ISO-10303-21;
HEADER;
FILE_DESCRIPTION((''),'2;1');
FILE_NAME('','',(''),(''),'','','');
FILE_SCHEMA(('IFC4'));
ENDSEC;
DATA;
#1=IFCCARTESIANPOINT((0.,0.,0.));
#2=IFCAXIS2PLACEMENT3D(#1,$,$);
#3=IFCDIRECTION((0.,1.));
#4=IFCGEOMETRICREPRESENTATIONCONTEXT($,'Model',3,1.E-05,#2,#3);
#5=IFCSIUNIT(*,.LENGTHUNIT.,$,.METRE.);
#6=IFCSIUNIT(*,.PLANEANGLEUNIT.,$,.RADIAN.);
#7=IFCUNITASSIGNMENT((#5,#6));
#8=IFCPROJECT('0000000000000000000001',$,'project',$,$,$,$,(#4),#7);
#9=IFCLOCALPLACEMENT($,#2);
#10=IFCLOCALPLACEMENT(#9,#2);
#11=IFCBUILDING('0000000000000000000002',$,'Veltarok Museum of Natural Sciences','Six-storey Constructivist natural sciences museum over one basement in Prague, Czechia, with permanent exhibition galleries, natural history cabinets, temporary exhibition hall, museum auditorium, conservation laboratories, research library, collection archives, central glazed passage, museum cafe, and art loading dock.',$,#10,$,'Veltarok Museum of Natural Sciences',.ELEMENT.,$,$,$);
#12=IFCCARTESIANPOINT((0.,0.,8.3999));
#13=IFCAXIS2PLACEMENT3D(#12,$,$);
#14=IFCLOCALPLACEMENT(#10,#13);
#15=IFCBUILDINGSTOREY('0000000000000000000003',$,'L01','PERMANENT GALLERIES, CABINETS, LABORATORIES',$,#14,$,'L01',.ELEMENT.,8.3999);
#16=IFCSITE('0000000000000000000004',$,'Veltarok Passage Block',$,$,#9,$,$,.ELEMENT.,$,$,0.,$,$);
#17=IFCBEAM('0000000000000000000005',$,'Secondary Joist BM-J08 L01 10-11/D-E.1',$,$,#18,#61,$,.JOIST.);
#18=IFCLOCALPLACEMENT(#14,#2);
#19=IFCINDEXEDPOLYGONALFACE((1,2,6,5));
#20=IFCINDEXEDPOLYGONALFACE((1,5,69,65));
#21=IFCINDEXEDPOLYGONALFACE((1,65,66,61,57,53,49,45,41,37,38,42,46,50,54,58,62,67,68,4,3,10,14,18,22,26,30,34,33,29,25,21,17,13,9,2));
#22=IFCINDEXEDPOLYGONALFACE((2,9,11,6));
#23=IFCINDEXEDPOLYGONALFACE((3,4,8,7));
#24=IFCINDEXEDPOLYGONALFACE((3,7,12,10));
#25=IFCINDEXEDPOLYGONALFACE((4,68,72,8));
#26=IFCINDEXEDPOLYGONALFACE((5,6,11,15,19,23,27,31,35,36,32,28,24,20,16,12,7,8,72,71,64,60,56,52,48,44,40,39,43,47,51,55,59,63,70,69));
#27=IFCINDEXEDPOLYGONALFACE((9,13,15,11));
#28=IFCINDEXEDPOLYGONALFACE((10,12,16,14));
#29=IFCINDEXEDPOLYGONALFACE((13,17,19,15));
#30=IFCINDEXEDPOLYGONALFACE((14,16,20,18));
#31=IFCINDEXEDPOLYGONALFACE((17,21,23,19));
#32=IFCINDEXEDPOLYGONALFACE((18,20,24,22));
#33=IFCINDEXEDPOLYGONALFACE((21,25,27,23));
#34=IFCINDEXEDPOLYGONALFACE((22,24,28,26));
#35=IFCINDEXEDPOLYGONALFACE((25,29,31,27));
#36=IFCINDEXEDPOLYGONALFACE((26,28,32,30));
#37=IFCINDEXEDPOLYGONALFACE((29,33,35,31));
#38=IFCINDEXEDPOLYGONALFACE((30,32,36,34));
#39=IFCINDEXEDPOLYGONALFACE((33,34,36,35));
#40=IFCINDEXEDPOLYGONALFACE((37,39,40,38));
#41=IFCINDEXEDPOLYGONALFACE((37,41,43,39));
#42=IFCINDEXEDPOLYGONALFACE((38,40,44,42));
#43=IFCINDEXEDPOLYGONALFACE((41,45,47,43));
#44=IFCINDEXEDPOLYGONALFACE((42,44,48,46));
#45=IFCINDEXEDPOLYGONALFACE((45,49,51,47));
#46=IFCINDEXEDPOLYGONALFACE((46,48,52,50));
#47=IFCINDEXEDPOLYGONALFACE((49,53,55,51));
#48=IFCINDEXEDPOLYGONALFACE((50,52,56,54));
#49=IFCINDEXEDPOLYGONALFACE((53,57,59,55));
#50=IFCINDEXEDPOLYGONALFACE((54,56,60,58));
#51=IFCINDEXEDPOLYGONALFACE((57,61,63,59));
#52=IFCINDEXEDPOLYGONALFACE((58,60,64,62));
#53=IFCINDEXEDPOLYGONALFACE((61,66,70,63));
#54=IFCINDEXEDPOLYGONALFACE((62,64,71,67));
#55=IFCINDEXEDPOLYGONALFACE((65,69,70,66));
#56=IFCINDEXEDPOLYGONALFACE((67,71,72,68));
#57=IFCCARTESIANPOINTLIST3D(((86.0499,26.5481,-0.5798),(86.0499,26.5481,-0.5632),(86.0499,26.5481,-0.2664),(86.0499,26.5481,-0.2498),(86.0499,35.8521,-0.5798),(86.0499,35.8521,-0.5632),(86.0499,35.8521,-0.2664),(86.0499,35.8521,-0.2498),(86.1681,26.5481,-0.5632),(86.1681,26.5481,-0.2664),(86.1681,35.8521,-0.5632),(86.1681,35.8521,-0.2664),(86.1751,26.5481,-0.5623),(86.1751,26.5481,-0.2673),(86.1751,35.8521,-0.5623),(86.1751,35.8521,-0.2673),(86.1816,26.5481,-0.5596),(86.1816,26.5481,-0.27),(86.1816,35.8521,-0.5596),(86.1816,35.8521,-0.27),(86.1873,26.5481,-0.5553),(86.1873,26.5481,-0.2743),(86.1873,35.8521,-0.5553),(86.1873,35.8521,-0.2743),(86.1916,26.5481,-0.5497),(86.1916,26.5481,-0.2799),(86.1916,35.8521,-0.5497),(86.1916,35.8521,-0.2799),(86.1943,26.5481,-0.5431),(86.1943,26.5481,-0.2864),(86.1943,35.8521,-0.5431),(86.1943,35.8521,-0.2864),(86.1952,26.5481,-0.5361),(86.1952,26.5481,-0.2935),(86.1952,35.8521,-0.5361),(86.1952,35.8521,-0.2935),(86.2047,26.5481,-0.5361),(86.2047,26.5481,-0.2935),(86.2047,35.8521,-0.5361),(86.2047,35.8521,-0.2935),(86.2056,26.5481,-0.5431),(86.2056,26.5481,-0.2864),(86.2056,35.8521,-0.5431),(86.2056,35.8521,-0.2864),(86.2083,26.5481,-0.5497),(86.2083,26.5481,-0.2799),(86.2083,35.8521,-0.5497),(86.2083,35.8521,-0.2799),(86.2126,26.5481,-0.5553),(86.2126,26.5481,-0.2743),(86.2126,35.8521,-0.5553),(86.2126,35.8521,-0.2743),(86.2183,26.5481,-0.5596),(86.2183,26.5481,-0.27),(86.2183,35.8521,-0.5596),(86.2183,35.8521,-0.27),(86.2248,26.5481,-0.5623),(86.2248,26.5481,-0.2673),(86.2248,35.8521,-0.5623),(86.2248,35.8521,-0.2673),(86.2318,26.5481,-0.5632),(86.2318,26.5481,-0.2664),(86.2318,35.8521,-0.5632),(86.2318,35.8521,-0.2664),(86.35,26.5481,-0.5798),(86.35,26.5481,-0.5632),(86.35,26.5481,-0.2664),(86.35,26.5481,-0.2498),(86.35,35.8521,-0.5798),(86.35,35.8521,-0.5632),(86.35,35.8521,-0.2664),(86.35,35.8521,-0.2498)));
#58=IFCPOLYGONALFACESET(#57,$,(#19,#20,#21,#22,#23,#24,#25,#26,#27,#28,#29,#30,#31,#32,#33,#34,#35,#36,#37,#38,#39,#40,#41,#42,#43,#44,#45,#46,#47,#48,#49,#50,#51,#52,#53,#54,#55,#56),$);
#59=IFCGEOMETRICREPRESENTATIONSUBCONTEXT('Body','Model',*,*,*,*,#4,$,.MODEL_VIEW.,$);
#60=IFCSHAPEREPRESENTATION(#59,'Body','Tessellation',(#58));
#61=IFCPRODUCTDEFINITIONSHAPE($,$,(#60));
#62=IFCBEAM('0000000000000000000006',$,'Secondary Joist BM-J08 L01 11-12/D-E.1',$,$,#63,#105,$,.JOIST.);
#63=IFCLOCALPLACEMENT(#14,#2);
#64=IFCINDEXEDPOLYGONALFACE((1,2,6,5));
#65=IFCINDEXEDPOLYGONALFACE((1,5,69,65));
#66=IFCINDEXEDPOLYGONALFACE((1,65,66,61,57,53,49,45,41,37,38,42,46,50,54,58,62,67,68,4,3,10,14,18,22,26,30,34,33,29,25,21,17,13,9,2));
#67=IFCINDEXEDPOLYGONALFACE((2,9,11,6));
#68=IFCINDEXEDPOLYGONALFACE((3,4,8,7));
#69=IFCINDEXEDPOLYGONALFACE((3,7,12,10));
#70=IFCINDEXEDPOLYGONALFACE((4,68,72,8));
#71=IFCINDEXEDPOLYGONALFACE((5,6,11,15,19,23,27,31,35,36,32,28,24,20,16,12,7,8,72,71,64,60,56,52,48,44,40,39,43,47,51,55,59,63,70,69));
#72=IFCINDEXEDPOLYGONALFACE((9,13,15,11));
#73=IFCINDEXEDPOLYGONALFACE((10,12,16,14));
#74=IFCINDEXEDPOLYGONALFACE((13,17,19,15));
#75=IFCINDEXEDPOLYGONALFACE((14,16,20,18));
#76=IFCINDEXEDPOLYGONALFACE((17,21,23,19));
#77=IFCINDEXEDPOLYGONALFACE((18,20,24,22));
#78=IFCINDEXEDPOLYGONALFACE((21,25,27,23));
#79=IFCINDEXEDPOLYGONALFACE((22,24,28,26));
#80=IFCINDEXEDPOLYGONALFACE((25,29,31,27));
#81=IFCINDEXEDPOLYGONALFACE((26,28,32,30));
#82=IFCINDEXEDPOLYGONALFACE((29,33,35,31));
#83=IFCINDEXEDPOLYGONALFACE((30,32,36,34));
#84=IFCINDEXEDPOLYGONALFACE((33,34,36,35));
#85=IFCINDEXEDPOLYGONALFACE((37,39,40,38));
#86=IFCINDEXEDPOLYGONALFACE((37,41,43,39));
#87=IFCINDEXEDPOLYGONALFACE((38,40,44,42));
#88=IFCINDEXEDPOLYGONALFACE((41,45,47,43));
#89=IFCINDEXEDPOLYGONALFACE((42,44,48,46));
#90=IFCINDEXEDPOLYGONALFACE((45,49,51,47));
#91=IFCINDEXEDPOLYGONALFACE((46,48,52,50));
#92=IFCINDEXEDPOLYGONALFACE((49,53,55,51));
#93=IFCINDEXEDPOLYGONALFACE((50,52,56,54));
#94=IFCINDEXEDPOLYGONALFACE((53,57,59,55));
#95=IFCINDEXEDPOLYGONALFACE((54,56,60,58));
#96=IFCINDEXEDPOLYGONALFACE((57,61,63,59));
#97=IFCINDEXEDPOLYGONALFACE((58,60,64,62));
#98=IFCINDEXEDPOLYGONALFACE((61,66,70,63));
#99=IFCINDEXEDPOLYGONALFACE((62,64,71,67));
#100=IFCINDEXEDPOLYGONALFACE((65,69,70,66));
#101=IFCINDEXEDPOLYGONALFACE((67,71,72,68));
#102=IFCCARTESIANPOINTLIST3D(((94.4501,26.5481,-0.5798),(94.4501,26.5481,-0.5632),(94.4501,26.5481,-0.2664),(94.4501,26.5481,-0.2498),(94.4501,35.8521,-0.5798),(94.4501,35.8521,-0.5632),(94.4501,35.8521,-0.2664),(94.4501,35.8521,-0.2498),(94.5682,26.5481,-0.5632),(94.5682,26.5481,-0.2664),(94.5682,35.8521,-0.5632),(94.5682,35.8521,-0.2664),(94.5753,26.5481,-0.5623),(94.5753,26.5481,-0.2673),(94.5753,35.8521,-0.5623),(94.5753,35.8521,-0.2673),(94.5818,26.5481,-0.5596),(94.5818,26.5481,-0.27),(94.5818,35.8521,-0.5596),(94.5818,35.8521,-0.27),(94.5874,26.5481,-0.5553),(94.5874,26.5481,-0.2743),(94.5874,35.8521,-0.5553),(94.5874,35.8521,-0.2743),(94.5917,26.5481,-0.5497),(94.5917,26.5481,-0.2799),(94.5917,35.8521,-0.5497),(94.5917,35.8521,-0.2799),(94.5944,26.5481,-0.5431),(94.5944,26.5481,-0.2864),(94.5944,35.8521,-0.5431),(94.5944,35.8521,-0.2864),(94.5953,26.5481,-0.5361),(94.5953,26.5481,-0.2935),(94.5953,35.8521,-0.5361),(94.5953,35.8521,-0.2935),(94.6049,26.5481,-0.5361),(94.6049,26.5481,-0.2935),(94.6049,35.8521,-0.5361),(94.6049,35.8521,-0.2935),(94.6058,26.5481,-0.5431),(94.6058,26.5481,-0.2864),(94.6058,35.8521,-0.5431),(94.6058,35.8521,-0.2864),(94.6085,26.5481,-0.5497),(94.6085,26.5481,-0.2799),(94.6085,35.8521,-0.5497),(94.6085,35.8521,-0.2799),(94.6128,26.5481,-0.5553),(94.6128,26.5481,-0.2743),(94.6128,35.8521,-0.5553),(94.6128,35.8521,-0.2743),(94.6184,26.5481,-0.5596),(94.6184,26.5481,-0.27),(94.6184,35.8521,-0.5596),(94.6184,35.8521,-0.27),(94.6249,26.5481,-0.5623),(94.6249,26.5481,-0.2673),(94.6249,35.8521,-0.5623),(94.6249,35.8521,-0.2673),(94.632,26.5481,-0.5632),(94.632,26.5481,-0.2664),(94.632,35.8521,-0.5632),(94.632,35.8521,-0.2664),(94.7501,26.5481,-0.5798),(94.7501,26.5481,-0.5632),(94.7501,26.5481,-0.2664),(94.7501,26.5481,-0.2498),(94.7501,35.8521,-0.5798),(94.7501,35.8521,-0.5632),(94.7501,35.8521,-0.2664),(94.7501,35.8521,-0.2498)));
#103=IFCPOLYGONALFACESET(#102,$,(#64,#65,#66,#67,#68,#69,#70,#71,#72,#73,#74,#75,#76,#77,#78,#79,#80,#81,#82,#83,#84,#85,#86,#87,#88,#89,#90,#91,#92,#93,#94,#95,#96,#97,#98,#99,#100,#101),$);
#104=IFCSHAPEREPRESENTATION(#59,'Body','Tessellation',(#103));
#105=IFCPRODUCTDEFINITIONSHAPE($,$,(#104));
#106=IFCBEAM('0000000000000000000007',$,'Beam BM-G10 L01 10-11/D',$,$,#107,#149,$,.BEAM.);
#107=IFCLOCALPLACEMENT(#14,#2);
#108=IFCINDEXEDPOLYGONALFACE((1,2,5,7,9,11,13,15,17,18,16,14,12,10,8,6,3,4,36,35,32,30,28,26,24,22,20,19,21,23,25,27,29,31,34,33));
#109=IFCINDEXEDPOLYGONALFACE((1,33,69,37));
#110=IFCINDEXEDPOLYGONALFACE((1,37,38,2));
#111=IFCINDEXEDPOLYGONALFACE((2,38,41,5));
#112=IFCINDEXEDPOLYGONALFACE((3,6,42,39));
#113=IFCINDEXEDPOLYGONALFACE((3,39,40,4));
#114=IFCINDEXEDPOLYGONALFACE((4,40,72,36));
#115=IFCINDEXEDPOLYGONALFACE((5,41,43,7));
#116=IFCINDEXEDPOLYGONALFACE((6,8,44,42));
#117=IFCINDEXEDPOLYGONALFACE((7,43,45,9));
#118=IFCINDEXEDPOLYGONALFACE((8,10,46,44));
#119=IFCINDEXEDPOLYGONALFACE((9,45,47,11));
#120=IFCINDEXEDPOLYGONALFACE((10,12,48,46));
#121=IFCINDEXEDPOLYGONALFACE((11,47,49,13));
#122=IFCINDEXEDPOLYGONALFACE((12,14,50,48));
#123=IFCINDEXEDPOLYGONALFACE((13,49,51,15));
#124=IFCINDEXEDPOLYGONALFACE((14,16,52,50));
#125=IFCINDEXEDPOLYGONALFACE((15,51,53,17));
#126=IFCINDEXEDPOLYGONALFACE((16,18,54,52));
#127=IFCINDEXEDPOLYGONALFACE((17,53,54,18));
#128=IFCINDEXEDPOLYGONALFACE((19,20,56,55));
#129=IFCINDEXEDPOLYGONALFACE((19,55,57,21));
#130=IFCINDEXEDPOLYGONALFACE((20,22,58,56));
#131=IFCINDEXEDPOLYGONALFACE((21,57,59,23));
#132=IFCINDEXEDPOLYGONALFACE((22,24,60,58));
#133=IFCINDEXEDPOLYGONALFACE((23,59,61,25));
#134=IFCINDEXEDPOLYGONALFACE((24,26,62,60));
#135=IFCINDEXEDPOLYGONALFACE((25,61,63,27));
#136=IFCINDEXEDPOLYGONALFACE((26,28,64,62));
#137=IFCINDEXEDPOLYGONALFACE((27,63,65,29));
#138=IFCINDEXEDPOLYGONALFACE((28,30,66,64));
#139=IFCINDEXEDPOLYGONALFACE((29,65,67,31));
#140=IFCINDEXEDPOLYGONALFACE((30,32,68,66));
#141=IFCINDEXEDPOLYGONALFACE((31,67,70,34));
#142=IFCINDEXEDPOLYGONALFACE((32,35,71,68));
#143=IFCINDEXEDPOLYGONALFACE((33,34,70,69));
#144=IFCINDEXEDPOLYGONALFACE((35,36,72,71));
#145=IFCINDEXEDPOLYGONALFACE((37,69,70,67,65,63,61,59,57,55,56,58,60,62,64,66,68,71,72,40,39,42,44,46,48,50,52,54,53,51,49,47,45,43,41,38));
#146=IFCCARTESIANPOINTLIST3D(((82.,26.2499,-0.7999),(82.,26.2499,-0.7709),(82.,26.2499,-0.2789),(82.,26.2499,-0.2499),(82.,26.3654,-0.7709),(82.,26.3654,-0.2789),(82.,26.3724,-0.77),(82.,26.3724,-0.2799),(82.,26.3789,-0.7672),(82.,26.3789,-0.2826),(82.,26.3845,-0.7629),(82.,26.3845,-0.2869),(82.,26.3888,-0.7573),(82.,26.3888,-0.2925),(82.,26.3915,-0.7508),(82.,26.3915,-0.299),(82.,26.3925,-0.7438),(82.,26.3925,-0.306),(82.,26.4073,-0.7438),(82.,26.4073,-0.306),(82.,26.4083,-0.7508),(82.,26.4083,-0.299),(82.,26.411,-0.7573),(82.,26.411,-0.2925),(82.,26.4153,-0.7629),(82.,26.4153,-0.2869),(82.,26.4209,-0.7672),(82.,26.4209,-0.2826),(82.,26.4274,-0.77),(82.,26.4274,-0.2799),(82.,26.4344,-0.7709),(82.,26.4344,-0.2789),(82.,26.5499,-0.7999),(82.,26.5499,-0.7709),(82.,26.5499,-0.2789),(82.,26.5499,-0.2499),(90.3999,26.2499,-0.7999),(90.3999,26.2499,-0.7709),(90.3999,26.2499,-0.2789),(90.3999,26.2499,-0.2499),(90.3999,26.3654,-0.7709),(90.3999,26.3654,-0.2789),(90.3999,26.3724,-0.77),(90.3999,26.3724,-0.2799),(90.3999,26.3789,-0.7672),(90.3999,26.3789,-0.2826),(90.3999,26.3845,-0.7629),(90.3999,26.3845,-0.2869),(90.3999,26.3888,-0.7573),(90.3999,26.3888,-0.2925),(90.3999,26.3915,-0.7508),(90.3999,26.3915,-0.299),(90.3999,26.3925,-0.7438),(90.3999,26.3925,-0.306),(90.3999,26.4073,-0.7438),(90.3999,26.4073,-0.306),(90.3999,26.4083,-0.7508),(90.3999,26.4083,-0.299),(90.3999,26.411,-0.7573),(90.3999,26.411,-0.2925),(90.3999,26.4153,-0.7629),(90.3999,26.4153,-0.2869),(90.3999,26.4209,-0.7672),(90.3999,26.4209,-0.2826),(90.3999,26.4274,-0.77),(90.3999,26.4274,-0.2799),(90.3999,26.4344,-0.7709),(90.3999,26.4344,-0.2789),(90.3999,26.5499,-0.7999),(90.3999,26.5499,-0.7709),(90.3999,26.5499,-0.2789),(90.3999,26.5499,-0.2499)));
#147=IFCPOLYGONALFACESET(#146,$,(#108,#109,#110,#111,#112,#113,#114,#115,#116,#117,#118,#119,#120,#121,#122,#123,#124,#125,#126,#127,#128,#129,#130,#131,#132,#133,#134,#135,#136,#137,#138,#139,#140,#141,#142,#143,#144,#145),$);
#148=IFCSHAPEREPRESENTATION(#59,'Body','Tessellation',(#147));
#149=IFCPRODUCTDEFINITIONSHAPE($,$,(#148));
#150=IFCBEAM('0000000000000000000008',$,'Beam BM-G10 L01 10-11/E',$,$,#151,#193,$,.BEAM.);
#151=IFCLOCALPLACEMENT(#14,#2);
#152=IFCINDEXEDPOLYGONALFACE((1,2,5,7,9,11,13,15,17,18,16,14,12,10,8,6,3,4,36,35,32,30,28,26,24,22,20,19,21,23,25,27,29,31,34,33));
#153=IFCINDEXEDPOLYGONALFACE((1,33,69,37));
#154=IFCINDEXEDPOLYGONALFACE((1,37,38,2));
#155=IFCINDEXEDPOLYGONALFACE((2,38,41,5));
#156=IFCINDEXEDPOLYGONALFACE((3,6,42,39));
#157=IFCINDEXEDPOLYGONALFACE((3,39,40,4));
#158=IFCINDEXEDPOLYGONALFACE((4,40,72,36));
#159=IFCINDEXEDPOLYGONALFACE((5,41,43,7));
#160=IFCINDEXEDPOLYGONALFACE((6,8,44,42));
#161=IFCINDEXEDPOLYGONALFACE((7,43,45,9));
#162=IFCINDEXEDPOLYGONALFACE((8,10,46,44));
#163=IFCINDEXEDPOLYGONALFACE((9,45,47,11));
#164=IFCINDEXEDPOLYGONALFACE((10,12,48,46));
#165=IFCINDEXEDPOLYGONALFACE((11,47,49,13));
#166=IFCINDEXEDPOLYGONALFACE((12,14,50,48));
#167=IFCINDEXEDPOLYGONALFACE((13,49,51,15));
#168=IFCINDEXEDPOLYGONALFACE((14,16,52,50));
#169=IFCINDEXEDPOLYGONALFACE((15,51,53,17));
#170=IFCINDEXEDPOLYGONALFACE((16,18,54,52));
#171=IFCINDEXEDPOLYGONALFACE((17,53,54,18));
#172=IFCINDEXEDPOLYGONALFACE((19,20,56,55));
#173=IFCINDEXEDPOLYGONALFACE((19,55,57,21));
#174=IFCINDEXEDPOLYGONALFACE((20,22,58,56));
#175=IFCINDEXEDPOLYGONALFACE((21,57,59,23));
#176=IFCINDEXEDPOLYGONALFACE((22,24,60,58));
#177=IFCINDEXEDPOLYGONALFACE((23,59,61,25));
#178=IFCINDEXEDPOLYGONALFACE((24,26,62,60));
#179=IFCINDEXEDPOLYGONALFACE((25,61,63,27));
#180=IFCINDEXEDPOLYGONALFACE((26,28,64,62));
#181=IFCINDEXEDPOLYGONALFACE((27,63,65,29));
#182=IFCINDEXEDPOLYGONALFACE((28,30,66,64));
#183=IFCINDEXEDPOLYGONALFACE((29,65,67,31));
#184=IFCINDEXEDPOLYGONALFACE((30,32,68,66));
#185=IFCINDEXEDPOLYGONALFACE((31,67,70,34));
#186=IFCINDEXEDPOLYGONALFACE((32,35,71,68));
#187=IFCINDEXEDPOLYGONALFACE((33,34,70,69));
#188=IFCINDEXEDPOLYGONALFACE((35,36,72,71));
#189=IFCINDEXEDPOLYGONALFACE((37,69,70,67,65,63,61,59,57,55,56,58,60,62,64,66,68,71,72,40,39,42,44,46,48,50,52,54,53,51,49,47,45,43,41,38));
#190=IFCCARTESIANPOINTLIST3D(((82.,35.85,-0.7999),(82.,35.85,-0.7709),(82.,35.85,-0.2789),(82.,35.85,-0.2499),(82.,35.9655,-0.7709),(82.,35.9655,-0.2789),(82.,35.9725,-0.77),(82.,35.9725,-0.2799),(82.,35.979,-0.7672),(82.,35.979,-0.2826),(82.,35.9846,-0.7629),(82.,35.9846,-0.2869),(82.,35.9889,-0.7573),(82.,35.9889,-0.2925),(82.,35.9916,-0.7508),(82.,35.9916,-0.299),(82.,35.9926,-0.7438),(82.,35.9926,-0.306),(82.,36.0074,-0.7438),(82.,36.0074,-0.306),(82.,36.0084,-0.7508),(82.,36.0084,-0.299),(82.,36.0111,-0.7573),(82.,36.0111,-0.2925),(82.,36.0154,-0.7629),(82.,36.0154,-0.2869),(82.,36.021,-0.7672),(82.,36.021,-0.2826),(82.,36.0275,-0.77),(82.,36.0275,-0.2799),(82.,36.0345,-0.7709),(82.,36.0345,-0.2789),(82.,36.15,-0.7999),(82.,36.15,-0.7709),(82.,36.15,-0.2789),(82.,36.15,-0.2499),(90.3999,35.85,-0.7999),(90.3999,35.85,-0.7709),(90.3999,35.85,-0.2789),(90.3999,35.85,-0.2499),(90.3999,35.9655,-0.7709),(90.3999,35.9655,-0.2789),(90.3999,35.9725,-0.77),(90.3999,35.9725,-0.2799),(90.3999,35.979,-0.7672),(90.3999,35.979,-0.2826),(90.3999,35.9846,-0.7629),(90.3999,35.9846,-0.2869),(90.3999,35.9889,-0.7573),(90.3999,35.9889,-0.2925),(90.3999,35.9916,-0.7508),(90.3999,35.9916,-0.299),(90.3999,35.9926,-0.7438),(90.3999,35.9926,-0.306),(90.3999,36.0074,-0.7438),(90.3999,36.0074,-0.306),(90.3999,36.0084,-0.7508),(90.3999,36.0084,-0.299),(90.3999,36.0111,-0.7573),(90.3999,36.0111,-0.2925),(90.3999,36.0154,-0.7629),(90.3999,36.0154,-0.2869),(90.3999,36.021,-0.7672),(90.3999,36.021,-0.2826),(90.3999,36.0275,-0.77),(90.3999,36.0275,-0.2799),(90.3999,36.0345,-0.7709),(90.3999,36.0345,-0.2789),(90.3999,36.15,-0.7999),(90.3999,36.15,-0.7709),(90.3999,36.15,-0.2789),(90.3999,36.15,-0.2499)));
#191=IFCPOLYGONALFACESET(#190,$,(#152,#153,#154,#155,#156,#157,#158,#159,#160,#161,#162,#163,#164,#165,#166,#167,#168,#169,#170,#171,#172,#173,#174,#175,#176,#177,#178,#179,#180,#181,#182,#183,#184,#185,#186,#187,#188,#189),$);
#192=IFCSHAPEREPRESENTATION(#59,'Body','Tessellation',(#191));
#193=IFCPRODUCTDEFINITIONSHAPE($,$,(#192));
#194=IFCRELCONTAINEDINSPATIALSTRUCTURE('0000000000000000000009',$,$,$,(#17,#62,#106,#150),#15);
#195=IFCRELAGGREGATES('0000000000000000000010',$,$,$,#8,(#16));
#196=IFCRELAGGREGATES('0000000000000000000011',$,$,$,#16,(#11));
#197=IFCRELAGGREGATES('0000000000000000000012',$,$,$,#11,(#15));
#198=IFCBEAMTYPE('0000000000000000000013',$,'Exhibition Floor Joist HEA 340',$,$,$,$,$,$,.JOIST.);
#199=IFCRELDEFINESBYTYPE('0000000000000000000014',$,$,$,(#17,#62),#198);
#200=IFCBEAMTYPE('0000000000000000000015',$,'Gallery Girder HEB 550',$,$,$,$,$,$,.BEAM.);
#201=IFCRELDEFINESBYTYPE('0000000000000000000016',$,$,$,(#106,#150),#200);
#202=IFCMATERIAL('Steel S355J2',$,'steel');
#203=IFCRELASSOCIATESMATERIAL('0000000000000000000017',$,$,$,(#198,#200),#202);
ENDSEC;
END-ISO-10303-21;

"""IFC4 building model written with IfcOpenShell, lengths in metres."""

from ifc_helpers import new_model, si_unit, direction, frame, origin, origin_2d, place, context, subcontext, project, spatial, i_section, extrude, material, material_profile, profile_set, type_object, element, save


model = new_model("IFC4")

# Units and contexts
model_context = context("Model", 3, precision=1e-05, world=origin(), true_north=direction((0.0, 1.0)))
body_context = subcontext(model_context, "Body", "Model", "MODEL_VIEW")
ifc_project = project(units=[si_unit("LENGTHUNIT", "METRE"), si_unit("PLANEANGLEUNIT", "RADIAN")], contexts=[model_context])

# Site, building, storey
site_placement = place(None, origin())
site = spatial("IfcSite", under=ifc_project, at=site_placement, Name="Veltarok Passage Block", CompositionType="ELEMENT", RefElevation=0.0)
building_placement = place(site_placement, origin())
building = spatial("IfcBuilding", under=site, at=building_placement, Name="Veltarok Museum of Natural Sciences", Description="Six-storey Constructivist natural sciences museum over one basement in Prague, Czechia, with permanent exhibition galleries, natural history cabinets, temporary exhibition hall, museum auditorium, conservation laboratories, research library, collection archives, central glazed passage, museum cafe, and art loading dock.", LongName="Veltarok Museum of Natural Sciences", CompositionType="ELEMENT")
storey_placement = place(building_placement, frame((0.0, 0.0, 8.3999)))
storey = spatial("IfcBuildingStorey", under=building, at=storey_placement, Name="L01", Description="PERMANENT GALLERIES, CABINETS, LABORATORIES", LongName="L01", CompositionType="ELEMENT", Elevation=8.3999)

# Shared definitions
ifc_material_1 = material(Name="Steel S355J2", Category="steel")

# Beams
ifc_material_profile_1 = material_profile(ifc_material_1, i_section(OverallWidth=0.3, OverallDepth=0.3301, WebThickness=0.0095, FlangeThickness=0.0166, FilletRadius=0.0271, at=origin_2d()), Name="HEA 340")
ifc_profile_set_1 = profile_set([ifc_material_profile_1], Name="Steel S355J2")
beam_type_1 = type_object("IfcBeamType", Name="Exhibition Floor Joist HEA 340", PredefinedType="JOIST", material=ifc_profile_set_1)
for number, where, z_axis, x_axis, name in (
    (1, (86.2, 26.5481, -0.4148), (0.0, 1.0, 0.0), (-1.0, 0.0, 0.0), "Secondary Joist BM-J08 L01 10-11/D-E.1"),
    (2, (94.6001, 26.5481, -0.4148), (0.0, 1.0, 0.0), (-1.0, 0.0, 0.0), "Secondary Joist BM-J08 L01 11-12/D-E.1"),
):
    element("IfcBeam", number, at=place(storey_placement, frame(where, z_axis=z_axis, x_axis=x_axis)), inside=storey, type_object=beam_type_1, Name=name, PredefinedType="JOIST", context=body_context, shape_type="SweptSolid", body=[
        extrude(i_section(OverallWidth=0.3, OverallDepth=0.3301, WebThickness=0.0095, FlangeThickness=0.0166, FilletRadius=0.0271, at=origin_2d()), origin(), (0.0, 0.0, 1.0), 9.304),
    ])
ifc_material_profile_2 = material_profile(ifc_material_1, i_section(OverallWidth=0.3, OverallDepth=0.55, WebThickness=0.0149, FlangeThickness=0.0291, FilletRadius=0.0271, at=origin_2d()), Name="HEB 550")
ifc_profile_set_2 = profile_set([ifc_material_profile_2], Name="Steel S355J2")
beam_type_2 = type_object("IfcBeamType", Name="Gallery Girder HEB 550", PredefinedType="BEAM", material=ifc_profile_set_2)
for number, where, z_axis, x_axis, name in (
    (3, (82.0, 26.3999, -0.5249), (1.0, 0.0, 0.0), (0.0, 1.0, 0.0), "Beam BM-G10 L01 10-11/D"),
    (4, (82.0, 36.0, -0.5249), (1.0, 0.0, 0.0), (0.0, 1.0, 0.0), "Beam BM-G10 L01 10-11/E"),
):
    element("IfcBeam", number, at=place(storey_placement, frame(where, z_axis=z_axis, x_axis=x_axis)), inside=storey, type_object=beam_type_2, Name=name, PredefinedType="BEAM", context=body_context, shape_type="SweptSolid", body=[
        extrude(i_section(OverallWidth=0.3, OverallDepth=0.55, WebThickness=0.0149, FlangeThickness=0.0291, FilletRadius=0.0271, at=origin_2d()), origin(), (0.0, 0.0, 1.0), 8.3999),
    ])

save(model, "model.ifc")
